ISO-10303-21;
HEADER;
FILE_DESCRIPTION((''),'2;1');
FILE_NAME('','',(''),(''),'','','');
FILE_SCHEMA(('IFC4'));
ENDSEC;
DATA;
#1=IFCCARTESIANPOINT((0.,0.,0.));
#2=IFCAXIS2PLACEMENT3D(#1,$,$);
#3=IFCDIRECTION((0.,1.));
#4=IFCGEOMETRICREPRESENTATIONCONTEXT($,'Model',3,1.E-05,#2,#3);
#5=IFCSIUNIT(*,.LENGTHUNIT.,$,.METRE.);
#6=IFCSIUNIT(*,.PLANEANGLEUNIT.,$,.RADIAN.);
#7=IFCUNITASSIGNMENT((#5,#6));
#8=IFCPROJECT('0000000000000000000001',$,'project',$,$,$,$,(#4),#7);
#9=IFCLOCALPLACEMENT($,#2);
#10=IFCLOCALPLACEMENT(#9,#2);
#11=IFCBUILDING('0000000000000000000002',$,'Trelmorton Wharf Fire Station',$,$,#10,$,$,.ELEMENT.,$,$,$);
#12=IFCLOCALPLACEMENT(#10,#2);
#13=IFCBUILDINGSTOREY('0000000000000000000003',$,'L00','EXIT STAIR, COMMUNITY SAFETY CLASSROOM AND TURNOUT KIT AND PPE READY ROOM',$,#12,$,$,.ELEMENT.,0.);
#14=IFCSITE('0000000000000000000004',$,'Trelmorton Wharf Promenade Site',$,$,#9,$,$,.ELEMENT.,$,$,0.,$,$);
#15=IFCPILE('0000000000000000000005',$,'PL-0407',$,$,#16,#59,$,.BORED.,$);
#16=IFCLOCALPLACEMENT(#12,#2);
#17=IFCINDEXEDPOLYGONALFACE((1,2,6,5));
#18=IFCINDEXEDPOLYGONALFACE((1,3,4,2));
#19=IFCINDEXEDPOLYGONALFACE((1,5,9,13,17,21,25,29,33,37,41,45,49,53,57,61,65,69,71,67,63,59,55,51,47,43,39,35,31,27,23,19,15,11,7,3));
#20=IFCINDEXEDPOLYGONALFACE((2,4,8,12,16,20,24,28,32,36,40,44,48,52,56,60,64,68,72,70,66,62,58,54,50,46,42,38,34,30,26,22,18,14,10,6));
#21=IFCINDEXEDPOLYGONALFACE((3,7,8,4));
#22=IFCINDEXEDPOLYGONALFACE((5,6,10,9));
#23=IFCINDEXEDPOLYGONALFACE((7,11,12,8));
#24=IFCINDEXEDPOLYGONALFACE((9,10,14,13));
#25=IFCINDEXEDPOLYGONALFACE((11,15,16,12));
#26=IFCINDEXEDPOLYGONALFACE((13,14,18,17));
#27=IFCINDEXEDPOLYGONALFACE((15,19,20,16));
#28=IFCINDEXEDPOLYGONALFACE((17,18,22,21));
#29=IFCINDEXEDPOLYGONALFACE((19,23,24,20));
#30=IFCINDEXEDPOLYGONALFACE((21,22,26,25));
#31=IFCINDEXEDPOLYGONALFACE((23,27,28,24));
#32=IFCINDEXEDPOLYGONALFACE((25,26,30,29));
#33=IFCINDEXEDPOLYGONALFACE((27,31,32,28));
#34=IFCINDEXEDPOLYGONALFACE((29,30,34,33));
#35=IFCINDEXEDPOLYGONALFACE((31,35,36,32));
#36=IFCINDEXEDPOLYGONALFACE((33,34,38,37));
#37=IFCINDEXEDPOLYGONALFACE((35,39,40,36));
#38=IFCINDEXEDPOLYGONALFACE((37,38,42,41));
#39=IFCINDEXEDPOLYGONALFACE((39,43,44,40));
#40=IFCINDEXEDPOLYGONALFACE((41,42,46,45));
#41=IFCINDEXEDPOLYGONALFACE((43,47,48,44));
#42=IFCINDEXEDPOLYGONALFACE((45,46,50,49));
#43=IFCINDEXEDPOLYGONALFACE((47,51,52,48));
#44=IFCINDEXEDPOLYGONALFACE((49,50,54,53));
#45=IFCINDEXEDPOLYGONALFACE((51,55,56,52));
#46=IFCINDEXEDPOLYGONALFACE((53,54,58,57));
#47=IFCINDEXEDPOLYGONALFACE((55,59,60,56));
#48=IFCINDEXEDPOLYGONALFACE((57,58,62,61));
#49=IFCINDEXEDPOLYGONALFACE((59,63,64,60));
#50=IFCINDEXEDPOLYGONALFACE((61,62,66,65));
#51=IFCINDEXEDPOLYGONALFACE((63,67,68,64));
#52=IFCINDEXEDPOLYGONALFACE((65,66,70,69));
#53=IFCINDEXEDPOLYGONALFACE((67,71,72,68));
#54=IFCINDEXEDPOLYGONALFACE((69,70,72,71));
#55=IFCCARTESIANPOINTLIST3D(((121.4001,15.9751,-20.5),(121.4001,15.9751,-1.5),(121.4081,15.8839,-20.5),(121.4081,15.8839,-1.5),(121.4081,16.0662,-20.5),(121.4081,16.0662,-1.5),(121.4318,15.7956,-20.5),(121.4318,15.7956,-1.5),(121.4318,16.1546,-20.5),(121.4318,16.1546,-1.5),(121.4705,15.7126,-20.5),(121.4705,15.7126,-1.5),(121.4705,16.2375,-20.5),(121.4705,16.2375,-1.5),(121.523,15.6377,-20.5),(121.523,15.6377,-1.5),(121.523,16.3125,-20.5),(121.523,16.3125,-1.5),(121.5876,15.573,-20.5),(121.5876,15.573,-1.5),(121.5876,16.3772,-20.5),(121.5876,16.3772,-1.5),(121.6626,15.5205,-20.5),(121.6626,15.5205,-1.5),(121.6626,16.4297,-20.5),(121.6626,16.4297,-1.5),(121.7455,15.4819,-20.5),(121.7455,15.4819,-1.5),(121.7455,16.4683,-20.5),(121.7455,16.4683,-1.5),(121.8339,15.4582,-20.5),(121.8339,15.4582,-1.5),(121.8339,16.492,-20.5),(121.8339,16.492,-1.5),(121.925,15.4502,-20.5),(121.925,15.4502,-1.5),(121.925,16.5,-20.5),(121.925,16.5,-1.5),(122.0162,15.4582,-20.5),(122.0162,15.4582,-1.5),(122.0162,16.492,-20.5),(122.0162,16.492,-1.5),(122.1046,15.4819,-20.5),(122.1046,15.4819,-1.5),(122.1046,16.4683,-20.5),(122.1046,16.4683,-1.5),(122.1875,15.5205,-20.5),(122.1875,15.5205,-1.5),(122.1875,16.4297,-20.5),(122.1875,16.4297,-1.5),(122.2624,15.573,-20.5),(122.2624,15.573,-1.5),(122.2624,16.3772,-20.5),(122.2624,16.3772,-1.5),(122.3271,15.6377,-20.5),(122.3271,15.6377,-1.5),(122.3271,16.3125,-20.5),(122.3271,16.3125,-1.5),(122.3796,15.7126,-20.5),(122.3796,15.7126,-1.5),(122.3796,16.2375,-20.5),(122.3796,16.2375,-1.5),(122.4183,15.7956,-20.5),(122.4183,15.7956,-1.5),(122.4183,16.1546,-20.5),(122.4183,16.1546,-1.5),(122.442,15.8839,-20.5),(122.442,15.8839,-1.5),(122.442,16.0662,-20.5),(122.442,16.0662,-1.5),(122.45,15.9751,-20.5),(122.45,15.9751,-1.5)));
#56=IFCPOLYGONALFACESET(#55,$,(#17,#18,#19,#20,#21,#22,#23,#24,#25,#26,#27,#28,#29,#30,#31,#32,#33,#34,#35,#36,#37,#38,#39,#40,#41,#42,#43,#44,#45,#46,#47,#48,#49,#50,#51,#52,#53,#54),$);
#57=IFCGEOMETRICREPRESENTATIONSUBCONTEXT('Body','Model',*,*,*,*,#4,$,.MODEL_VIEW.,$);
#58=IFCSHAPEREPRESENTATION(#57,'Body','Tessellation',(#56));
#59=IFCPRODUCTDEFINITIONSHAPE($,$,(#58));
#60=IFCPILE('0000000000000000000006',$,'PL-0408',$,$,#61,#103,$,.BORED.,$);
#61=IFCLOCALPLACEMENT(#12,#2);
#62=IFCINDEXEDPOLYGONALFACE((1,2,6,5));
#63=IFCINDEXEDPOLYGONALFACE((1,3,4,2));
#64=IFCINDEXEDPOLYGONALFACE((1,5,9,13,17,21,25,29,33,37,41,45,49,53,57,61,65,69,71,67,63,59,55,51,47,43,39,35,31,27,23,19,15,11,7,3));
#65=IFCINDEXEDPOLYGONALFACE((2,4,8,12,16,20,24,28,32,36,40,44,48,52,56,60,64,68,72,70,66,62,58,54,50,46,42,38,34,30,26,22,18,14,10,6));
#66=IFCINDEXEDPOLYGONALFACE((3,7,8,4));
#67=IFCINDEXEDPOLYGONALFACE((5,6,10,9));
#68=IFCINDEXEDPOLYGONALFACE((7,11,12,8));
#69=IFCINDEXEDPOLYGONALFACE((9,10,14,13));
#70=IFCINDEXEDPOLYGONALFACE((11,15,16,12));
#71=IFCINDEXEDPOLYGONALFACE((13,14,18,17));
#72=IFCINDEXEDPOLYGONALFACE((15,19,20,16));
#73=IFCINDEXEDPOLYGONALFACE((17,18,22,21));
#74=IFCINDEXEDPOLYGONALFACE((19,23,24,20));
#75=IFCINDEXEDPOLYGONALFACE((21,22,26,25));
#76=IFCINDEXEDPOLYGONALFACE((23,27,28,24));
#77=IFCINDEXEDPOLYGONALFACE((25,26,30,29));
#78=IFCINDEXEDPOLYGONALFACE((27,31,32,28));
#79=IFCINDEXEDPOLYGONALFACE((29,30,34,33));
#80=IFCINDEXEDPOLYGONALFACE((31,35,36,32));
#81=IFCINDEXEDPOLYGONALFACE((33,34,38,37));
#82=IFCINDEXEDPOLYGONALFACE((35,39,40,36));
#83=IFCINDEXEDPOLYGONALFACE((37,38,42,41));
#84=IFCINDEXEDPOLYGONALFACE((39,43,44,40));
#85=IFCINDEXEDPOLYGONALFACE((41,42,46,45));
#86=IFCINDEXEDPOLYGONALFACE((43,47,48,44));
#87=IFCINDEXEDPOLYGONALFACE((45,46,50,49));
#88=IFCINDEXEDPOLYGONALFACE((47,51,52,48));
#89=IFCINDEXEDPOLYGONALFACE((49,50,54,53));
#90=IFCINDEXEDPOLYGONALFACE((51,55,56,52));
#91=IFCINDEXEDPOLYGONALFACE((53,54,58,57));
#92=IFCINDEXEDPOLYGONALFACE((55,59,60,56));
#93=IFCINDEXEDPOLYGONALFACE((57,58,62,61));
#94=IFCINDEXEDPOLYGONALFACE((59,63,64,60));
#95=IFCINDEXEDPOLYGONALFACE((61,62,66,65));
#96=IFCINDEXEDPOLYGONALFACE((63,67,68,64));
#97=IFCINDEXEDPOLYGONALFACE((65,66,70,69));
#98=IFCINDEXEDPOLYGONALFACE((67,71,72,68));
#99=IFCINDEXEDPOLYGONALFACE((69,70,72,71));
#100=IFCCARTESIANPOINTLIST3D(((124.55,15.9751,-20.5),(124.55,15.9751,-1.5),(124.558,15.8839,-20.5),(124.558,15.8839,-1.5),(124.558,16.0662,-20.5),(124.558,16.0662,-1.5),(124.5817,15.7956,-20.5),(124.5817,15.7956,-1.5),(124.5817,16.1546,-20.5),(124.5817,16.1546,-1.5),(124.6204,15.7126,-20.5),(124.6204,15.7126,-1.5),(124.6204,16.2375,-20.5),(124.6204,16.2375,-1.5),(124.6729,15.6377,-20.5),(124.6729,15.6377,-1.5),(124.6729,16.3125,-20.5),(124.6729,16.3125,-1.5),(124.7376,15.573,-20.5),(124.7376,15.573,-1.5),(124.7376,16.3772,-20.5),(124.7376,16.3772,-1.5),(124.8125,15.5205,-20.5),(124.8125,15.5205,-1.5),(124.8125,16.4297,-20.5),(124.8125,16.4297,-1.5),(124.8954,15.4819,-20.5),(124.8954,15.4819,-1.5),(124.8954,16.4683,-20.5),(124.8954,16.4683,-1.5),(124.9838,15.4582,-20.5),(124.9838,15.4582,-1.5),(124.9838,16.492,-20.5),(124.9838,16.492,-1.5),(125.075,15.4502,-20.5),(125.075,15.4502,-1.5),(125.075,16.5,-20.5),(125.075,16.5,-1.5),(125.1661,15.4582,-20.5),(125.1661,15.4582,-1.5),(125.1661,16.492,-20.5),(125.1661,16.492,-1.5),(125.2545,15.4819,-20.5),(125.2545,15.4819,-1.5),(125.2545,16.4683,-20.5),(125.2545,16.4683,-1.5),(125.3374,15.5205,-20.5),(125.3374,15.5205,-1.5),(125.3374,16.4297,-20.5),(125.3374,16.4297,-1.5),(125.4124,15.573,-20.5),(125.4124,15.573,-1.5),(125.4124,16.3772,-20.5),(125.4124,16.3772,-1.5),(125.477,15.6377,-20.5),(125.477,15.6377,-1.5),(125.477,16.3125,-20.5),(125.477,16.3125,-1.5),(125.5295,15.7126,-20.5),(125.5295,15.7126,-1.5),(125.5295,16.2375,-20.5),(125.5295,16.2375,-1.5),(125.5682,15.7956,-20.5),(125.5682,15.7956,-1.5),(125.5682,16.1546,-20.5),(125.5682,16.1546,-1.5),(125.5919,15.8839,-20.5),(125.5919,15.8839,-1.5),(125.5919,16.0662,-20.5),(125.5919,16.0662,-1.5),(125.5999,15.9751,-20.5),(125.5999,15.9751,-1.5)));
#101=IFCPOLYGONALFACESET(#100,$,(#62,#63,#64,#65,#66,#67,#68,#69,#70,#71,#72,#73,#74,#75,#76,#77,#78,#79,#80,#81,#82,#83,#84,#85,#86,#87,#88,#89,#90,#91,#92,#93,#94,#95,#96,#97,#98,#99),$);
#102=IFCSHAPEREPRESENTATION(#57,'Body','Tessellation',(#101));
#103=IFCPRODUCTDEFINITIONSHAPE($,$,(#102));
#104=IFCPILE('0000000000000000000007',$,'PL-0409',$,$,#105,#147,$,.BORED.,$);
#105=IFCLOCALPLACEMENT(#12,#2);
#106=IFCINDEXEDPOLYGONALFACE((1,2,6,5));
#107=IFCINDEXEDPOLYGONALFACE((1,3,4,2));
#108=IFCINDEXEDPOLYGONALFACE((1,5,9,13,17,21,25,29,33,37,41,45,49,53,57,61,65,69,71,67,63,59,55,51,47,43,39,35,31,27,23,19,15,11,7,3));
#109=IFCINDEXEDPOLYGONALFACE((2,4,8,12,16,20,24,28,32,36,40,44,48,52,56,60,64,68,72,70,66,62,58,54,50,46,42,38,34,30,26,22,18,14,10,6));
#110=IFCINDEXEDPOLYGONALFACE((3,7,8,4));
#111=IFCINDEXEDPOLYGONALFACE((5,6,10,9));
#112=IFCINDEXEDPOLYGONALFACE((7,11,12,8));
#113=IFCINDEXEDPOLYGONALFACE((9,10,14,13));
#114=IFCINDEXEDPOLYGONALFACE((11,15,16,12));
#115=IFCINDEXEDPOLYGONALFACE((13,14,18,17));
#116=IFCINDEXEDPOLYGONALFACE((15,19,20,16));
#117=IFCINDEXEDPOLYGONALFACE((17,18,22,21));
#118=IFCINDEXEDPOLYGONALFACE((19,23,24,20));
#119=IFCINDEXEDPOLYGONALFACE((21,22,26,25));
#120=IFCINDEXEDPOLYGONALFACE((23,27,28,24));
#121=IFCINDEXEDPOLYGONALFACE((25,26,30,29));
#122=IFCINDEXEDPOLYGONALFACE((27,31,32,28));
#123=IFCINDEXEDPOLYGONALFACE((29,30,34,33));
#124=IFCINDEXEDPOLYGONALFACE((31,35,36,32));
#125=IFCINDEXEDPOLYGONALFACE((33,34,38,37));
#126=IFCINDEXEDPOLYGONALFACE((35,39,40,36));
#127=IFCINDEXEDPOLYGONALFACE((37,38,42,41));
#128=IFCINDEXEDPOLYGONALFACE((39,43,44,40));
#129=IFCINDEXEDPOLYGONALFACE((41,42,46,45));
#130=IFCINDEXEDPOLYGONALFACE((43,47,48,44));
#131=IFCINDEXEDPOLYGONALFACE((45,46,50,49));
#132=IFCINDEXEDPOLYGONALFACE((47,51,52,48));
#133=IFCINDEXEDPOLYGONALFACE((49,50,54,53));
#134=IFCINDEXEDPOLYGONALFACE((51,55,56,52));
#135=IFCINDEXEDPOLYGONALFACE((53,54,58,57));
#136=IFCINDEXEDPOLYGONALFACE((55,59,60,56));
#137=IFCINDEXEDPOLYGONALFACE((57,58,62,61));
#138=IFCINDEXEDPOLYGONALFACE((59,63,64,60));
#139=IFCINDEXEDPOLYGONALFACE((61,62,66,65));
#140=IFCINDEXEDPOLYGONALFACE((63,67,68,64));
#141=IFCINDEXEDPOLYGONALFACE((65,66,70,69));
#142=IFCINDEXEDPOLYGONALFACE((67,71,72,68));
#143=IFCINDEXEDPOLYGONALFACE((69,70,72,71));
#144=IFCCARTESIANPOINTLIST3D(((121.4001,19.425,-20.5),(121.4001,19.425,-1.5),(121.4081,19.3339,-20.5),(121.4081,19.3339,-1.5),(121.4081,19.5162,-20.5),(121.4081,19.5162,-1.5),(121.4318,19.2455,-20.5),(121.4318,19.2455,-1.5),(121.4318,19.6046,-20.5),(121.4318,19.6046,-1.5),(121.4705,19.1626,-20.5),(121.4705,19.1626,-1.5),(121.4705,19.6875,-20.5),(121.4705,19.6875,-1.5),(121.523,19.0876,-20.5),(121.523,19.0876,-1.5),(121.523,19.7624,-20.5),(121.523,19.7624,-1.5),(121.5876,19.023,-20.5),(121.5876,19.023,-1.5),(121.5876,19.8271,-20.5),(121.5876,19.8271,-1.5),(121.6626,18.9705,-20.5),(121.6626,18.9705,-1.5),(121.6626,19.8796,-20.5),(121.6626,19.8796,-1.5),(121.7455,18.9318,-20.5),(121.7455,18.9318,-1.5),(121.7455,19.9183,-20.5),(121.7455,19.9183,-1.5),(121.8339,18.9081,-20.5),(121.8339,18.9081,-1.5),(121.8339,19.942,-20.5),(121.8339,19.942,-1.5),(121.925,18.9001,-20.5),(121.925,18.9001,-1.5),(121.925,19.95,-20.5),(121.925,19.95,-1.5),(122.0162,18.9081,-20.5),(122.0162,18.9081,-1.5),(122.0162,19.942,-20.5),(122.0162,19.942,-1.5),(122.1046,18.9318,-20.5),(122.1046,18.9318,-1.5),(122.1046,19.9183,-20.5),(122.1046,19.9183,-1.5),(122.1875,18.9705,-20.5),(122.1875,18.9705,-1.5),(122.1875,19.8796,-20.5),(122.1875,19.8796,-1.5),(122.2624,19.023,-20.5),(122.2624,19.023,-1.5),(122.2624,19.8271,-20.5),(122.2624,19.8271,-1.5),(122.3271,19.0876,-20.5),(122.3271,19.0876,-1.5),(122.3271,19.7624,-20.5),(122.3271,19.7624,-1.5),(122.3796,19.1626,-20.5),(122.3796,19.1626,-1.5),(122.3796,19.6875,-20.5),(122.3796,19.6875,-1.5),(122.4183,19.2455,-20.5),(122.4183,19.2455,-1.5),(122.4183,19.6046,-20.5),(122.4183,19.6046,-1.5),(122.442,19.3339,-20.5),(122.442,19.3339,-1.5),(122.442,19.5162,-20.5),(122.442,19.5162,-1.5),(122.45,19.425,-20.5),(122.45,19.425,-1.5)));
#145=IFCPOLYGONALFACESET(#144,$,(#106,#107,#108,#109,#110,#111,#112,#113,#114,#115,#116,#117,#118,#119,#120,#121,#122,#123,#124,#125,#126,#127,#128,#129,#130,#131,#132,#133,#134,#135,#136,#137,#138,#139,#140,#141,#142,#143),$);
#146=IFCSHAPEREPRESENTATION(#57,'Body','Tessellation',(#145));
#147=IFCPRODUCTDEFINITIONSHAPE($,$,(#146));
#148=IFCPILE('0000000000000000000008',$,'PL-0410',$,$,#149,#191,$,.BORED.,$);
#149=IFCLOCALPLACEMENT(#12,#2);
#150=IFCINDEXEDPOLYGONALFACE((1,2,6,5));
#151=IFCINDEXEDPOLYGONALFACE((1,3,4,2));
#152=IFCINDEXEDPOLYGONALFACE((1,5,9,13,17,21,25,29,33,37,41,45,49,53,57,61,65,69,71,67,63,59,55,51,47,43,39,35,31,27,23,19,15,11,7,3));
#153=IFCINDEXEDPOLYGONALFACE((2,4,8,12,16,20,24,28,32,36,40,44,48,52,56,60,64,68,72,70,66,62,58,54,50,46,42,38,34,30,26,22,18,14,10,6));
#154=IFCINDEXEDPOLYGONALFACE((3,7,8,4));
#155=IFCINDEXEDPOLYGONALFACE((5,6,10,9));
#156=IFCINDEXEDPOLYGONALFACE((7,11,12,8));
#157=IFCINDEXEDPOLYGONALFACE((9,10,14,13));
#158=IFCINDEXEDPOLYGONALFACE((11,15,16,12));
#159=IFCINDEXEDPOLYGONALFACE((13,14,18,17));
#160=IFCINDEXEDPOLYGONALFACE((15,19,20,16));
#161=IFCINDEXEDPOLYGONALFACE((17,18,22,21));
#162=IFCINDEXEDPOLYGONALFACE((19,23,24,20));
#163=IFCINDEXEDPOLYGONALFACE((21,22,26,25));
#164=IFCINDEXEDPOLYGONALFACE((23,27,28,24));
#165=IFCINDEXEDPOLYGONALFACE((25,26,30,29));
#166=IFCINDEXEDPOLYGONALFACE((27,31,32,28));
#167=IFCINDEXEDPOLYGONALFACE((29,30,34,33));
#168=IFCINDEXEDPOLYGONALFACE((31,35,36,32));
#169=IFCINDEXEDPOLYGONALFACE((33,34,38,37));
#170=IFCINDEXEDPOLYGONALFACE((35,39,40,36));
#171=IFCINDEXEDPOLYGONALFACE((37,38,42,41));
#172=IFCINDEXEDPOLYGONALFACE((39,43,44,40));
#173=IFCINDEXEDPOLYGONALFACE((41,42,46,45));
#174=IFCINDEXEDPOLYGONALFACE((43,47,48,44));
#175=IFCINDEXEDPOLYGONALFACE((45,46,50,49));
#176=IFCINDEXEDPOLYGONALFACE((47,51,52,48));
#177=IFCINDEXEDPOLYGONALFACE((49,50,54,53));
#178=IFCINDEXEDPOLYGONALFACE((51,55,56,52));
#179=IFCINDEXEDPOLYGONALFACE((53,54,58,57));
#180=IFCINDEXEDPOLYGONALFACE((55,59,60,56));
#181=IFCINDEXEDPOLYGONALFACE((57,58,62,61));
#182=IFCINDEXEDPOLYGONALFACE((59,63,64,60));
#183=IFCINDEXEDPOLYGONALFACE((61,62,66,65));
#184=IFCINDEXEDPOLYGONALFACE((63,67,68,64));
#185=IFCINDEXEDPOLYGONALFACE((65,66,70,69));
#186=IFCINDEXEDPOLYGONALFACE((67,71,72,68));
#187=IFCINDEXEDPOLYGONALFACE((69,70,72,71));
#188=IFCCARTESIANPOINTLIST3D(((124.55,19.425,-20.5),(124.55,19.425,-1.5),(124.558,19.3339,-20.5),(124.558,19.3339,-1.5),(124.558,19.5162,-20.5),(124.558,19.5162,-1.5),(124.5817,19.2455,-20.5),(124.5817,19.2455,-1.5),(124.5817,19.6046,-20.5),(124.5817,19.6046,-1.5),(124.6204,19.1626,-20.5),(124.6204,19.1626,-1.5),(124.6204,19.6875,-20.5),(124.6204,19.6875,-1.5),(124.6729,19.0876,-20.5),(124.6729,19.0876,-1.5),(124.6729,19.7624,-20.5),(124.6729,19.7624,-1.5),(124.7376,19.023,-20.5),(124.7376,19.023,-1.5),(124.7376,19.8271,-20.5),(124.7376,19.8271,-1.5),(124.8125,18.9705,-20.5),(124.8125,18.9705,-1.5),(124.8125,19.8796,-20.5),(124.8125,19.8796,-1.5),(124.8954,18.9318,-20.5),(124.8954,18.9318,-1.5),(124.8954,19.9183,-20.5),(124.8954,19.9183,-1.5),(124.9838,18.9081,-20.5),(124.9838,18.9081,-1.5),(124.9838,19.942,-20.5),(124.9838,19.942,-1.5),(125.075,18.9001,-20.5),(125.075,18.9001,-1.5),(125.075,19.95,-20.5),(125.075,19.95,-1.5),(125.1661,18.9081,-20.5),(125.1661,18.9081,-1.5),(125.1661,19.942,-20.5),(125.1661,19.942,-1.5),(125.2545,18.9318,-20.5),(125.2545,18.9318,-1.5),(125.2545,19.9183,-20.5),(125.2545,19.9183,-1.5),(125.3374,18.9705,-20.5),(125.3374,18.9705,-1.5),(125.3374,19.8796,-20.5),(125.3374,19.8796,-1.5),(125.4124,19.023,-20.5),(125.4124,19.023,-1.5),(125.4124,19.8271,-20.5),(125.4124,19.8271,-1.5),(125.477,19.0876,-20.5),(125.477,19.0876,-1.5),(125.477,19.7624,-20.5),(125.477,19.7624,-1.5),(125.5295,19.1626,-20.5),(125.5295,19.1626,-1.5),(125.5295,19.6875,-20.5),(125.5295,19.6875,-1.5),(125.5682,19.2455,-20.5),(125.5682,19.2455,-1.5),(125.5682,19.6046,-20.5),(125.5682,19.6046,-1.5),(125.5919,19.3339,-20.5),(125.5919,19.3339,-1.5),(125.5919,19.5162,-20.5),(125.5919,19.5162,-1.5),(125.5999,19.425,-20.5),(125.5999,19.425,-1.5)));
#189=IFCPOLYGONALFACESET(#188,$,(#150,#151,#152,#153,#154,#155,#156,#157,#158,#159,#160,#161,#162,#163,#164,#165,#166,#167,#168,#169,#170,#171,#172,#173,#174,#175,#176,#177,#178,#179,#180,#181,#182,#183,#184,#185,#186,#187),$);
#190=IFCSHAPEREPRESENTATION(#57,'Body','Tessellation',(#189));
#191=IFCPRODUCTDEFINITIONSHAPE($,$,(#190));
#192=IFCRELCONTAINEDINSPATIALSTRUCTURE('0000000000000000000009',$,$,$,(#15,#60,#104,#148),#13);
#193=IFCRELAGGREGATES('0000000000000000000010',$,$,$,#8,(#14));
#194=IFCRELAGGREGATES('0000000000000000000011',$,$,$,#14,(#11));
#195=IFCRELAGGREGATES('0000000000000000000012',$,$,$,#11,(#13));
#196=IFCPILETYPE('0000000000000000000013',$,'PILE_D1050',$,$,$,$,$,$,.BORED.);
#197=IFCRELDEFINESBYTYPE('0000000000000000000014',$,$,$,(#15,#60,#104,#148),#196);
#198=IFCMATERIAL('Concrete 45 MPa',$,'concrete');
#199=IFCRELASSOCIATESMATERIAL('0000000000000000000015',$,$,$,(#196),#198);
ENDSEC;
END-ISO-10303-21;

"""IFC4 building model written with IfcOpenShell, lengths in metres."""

from ifc_helpers import new_model, si_unit, direction, frame, origin, origin_2d, place, context, subcontext, project, spatial, circle, extrude, material, material_profile, profile_set, type_object, element, save


model = new_model("IFC4")

# Units and contexts
model_context = context("Model", 3, precision=1e-05, world=origin(), true_north=direction((0.0, 1.0)))
body_context = subcontext(model_context, "Body", "Model", "MODEL_VIEW")
ifc_project = project(units=[si_unit("LENGTHUNIT", "METRE"), si_unit("PLANEANGLEUNIT", "RADIAN")], contexts=[model_context])

# Site, building, storey
site_placement = place(None, origin())
site = spatial("IfcSite", under=ifc_project, at=site_placement, Name="Trelmorton Wharf Promenade Site", CompositionType="ELEMENT", RefElevation=0.0)
building_placement = place(site_placement, origin())
building = spatial("IfcBuilding", under=site, at=building_placement, Name="Trelmorton Wharf Fire Station", CompositionType="ELEMENT")
storey_placement = place(building_placement, origin())
storey = spatial("IfcBuildingStorey", under=building, at=storey_placement, Name="L00", Description="EXIT STAIR, COMMUNITY SAFETY CLASSROOM AND TURNOUT KIT AND PPE READY ROOM", CompositionType="ELEMENT", Elevation=0.0)

# Piles
ifc_material_1 = material(Name="Concrete 45 MPa", Category="concrete")
ifc_material_profile_1 = material_profile(ifc_material_1, circle(Radius=0.5249, at=origin_2d()), Name="PILE-D1050")
ifc_profile_set_1 = profile_set([ifc_material_profile_1], Name="Concrete 45 MPa")
pile_type = type_object("IfcPileType", Name="PILE_D1050", PredefinedType="BORED", material=ifc_profile_set_1)
for number, where, z_axis, x_axis, name in (
    (1, (121.925, 15.9751, -1.5), (0.0, 0.0, -1.0), (1.0, 0.0, 0.0), "PL-0407"),
    (2, (125.075, 15.9751, -1.5), (0.0, 0.0, -1.0), (1.0, 0.0, 0.0), "PL-0408"),
    (3, (121.925, 19.425, -1.5), (0.0, 0.0, -1.0), (1.0, 0.0, 0.0), "PL-0409"),
    (4, (125.075, 19.425, -1.5), (0.0, 0.0, -1.0), (1.0, 0.0, 0.0), "PL-0410"),
):
    element("IfcPile", number, at=place(storey_placement, frame(where, z_axis=z_axis, x_axis=x_axis)), inside=storey, type_object=pile_type, Name=name, PredefinedType="BORED", context=body_context, shape_type="SweptSolid", body=[
        extrude(circle(Radius=0.5249, at=origin_2d()), origin(), (0.0, 0.0, 1.0), 19.0),
    ])

save(model, "model.ifc")
